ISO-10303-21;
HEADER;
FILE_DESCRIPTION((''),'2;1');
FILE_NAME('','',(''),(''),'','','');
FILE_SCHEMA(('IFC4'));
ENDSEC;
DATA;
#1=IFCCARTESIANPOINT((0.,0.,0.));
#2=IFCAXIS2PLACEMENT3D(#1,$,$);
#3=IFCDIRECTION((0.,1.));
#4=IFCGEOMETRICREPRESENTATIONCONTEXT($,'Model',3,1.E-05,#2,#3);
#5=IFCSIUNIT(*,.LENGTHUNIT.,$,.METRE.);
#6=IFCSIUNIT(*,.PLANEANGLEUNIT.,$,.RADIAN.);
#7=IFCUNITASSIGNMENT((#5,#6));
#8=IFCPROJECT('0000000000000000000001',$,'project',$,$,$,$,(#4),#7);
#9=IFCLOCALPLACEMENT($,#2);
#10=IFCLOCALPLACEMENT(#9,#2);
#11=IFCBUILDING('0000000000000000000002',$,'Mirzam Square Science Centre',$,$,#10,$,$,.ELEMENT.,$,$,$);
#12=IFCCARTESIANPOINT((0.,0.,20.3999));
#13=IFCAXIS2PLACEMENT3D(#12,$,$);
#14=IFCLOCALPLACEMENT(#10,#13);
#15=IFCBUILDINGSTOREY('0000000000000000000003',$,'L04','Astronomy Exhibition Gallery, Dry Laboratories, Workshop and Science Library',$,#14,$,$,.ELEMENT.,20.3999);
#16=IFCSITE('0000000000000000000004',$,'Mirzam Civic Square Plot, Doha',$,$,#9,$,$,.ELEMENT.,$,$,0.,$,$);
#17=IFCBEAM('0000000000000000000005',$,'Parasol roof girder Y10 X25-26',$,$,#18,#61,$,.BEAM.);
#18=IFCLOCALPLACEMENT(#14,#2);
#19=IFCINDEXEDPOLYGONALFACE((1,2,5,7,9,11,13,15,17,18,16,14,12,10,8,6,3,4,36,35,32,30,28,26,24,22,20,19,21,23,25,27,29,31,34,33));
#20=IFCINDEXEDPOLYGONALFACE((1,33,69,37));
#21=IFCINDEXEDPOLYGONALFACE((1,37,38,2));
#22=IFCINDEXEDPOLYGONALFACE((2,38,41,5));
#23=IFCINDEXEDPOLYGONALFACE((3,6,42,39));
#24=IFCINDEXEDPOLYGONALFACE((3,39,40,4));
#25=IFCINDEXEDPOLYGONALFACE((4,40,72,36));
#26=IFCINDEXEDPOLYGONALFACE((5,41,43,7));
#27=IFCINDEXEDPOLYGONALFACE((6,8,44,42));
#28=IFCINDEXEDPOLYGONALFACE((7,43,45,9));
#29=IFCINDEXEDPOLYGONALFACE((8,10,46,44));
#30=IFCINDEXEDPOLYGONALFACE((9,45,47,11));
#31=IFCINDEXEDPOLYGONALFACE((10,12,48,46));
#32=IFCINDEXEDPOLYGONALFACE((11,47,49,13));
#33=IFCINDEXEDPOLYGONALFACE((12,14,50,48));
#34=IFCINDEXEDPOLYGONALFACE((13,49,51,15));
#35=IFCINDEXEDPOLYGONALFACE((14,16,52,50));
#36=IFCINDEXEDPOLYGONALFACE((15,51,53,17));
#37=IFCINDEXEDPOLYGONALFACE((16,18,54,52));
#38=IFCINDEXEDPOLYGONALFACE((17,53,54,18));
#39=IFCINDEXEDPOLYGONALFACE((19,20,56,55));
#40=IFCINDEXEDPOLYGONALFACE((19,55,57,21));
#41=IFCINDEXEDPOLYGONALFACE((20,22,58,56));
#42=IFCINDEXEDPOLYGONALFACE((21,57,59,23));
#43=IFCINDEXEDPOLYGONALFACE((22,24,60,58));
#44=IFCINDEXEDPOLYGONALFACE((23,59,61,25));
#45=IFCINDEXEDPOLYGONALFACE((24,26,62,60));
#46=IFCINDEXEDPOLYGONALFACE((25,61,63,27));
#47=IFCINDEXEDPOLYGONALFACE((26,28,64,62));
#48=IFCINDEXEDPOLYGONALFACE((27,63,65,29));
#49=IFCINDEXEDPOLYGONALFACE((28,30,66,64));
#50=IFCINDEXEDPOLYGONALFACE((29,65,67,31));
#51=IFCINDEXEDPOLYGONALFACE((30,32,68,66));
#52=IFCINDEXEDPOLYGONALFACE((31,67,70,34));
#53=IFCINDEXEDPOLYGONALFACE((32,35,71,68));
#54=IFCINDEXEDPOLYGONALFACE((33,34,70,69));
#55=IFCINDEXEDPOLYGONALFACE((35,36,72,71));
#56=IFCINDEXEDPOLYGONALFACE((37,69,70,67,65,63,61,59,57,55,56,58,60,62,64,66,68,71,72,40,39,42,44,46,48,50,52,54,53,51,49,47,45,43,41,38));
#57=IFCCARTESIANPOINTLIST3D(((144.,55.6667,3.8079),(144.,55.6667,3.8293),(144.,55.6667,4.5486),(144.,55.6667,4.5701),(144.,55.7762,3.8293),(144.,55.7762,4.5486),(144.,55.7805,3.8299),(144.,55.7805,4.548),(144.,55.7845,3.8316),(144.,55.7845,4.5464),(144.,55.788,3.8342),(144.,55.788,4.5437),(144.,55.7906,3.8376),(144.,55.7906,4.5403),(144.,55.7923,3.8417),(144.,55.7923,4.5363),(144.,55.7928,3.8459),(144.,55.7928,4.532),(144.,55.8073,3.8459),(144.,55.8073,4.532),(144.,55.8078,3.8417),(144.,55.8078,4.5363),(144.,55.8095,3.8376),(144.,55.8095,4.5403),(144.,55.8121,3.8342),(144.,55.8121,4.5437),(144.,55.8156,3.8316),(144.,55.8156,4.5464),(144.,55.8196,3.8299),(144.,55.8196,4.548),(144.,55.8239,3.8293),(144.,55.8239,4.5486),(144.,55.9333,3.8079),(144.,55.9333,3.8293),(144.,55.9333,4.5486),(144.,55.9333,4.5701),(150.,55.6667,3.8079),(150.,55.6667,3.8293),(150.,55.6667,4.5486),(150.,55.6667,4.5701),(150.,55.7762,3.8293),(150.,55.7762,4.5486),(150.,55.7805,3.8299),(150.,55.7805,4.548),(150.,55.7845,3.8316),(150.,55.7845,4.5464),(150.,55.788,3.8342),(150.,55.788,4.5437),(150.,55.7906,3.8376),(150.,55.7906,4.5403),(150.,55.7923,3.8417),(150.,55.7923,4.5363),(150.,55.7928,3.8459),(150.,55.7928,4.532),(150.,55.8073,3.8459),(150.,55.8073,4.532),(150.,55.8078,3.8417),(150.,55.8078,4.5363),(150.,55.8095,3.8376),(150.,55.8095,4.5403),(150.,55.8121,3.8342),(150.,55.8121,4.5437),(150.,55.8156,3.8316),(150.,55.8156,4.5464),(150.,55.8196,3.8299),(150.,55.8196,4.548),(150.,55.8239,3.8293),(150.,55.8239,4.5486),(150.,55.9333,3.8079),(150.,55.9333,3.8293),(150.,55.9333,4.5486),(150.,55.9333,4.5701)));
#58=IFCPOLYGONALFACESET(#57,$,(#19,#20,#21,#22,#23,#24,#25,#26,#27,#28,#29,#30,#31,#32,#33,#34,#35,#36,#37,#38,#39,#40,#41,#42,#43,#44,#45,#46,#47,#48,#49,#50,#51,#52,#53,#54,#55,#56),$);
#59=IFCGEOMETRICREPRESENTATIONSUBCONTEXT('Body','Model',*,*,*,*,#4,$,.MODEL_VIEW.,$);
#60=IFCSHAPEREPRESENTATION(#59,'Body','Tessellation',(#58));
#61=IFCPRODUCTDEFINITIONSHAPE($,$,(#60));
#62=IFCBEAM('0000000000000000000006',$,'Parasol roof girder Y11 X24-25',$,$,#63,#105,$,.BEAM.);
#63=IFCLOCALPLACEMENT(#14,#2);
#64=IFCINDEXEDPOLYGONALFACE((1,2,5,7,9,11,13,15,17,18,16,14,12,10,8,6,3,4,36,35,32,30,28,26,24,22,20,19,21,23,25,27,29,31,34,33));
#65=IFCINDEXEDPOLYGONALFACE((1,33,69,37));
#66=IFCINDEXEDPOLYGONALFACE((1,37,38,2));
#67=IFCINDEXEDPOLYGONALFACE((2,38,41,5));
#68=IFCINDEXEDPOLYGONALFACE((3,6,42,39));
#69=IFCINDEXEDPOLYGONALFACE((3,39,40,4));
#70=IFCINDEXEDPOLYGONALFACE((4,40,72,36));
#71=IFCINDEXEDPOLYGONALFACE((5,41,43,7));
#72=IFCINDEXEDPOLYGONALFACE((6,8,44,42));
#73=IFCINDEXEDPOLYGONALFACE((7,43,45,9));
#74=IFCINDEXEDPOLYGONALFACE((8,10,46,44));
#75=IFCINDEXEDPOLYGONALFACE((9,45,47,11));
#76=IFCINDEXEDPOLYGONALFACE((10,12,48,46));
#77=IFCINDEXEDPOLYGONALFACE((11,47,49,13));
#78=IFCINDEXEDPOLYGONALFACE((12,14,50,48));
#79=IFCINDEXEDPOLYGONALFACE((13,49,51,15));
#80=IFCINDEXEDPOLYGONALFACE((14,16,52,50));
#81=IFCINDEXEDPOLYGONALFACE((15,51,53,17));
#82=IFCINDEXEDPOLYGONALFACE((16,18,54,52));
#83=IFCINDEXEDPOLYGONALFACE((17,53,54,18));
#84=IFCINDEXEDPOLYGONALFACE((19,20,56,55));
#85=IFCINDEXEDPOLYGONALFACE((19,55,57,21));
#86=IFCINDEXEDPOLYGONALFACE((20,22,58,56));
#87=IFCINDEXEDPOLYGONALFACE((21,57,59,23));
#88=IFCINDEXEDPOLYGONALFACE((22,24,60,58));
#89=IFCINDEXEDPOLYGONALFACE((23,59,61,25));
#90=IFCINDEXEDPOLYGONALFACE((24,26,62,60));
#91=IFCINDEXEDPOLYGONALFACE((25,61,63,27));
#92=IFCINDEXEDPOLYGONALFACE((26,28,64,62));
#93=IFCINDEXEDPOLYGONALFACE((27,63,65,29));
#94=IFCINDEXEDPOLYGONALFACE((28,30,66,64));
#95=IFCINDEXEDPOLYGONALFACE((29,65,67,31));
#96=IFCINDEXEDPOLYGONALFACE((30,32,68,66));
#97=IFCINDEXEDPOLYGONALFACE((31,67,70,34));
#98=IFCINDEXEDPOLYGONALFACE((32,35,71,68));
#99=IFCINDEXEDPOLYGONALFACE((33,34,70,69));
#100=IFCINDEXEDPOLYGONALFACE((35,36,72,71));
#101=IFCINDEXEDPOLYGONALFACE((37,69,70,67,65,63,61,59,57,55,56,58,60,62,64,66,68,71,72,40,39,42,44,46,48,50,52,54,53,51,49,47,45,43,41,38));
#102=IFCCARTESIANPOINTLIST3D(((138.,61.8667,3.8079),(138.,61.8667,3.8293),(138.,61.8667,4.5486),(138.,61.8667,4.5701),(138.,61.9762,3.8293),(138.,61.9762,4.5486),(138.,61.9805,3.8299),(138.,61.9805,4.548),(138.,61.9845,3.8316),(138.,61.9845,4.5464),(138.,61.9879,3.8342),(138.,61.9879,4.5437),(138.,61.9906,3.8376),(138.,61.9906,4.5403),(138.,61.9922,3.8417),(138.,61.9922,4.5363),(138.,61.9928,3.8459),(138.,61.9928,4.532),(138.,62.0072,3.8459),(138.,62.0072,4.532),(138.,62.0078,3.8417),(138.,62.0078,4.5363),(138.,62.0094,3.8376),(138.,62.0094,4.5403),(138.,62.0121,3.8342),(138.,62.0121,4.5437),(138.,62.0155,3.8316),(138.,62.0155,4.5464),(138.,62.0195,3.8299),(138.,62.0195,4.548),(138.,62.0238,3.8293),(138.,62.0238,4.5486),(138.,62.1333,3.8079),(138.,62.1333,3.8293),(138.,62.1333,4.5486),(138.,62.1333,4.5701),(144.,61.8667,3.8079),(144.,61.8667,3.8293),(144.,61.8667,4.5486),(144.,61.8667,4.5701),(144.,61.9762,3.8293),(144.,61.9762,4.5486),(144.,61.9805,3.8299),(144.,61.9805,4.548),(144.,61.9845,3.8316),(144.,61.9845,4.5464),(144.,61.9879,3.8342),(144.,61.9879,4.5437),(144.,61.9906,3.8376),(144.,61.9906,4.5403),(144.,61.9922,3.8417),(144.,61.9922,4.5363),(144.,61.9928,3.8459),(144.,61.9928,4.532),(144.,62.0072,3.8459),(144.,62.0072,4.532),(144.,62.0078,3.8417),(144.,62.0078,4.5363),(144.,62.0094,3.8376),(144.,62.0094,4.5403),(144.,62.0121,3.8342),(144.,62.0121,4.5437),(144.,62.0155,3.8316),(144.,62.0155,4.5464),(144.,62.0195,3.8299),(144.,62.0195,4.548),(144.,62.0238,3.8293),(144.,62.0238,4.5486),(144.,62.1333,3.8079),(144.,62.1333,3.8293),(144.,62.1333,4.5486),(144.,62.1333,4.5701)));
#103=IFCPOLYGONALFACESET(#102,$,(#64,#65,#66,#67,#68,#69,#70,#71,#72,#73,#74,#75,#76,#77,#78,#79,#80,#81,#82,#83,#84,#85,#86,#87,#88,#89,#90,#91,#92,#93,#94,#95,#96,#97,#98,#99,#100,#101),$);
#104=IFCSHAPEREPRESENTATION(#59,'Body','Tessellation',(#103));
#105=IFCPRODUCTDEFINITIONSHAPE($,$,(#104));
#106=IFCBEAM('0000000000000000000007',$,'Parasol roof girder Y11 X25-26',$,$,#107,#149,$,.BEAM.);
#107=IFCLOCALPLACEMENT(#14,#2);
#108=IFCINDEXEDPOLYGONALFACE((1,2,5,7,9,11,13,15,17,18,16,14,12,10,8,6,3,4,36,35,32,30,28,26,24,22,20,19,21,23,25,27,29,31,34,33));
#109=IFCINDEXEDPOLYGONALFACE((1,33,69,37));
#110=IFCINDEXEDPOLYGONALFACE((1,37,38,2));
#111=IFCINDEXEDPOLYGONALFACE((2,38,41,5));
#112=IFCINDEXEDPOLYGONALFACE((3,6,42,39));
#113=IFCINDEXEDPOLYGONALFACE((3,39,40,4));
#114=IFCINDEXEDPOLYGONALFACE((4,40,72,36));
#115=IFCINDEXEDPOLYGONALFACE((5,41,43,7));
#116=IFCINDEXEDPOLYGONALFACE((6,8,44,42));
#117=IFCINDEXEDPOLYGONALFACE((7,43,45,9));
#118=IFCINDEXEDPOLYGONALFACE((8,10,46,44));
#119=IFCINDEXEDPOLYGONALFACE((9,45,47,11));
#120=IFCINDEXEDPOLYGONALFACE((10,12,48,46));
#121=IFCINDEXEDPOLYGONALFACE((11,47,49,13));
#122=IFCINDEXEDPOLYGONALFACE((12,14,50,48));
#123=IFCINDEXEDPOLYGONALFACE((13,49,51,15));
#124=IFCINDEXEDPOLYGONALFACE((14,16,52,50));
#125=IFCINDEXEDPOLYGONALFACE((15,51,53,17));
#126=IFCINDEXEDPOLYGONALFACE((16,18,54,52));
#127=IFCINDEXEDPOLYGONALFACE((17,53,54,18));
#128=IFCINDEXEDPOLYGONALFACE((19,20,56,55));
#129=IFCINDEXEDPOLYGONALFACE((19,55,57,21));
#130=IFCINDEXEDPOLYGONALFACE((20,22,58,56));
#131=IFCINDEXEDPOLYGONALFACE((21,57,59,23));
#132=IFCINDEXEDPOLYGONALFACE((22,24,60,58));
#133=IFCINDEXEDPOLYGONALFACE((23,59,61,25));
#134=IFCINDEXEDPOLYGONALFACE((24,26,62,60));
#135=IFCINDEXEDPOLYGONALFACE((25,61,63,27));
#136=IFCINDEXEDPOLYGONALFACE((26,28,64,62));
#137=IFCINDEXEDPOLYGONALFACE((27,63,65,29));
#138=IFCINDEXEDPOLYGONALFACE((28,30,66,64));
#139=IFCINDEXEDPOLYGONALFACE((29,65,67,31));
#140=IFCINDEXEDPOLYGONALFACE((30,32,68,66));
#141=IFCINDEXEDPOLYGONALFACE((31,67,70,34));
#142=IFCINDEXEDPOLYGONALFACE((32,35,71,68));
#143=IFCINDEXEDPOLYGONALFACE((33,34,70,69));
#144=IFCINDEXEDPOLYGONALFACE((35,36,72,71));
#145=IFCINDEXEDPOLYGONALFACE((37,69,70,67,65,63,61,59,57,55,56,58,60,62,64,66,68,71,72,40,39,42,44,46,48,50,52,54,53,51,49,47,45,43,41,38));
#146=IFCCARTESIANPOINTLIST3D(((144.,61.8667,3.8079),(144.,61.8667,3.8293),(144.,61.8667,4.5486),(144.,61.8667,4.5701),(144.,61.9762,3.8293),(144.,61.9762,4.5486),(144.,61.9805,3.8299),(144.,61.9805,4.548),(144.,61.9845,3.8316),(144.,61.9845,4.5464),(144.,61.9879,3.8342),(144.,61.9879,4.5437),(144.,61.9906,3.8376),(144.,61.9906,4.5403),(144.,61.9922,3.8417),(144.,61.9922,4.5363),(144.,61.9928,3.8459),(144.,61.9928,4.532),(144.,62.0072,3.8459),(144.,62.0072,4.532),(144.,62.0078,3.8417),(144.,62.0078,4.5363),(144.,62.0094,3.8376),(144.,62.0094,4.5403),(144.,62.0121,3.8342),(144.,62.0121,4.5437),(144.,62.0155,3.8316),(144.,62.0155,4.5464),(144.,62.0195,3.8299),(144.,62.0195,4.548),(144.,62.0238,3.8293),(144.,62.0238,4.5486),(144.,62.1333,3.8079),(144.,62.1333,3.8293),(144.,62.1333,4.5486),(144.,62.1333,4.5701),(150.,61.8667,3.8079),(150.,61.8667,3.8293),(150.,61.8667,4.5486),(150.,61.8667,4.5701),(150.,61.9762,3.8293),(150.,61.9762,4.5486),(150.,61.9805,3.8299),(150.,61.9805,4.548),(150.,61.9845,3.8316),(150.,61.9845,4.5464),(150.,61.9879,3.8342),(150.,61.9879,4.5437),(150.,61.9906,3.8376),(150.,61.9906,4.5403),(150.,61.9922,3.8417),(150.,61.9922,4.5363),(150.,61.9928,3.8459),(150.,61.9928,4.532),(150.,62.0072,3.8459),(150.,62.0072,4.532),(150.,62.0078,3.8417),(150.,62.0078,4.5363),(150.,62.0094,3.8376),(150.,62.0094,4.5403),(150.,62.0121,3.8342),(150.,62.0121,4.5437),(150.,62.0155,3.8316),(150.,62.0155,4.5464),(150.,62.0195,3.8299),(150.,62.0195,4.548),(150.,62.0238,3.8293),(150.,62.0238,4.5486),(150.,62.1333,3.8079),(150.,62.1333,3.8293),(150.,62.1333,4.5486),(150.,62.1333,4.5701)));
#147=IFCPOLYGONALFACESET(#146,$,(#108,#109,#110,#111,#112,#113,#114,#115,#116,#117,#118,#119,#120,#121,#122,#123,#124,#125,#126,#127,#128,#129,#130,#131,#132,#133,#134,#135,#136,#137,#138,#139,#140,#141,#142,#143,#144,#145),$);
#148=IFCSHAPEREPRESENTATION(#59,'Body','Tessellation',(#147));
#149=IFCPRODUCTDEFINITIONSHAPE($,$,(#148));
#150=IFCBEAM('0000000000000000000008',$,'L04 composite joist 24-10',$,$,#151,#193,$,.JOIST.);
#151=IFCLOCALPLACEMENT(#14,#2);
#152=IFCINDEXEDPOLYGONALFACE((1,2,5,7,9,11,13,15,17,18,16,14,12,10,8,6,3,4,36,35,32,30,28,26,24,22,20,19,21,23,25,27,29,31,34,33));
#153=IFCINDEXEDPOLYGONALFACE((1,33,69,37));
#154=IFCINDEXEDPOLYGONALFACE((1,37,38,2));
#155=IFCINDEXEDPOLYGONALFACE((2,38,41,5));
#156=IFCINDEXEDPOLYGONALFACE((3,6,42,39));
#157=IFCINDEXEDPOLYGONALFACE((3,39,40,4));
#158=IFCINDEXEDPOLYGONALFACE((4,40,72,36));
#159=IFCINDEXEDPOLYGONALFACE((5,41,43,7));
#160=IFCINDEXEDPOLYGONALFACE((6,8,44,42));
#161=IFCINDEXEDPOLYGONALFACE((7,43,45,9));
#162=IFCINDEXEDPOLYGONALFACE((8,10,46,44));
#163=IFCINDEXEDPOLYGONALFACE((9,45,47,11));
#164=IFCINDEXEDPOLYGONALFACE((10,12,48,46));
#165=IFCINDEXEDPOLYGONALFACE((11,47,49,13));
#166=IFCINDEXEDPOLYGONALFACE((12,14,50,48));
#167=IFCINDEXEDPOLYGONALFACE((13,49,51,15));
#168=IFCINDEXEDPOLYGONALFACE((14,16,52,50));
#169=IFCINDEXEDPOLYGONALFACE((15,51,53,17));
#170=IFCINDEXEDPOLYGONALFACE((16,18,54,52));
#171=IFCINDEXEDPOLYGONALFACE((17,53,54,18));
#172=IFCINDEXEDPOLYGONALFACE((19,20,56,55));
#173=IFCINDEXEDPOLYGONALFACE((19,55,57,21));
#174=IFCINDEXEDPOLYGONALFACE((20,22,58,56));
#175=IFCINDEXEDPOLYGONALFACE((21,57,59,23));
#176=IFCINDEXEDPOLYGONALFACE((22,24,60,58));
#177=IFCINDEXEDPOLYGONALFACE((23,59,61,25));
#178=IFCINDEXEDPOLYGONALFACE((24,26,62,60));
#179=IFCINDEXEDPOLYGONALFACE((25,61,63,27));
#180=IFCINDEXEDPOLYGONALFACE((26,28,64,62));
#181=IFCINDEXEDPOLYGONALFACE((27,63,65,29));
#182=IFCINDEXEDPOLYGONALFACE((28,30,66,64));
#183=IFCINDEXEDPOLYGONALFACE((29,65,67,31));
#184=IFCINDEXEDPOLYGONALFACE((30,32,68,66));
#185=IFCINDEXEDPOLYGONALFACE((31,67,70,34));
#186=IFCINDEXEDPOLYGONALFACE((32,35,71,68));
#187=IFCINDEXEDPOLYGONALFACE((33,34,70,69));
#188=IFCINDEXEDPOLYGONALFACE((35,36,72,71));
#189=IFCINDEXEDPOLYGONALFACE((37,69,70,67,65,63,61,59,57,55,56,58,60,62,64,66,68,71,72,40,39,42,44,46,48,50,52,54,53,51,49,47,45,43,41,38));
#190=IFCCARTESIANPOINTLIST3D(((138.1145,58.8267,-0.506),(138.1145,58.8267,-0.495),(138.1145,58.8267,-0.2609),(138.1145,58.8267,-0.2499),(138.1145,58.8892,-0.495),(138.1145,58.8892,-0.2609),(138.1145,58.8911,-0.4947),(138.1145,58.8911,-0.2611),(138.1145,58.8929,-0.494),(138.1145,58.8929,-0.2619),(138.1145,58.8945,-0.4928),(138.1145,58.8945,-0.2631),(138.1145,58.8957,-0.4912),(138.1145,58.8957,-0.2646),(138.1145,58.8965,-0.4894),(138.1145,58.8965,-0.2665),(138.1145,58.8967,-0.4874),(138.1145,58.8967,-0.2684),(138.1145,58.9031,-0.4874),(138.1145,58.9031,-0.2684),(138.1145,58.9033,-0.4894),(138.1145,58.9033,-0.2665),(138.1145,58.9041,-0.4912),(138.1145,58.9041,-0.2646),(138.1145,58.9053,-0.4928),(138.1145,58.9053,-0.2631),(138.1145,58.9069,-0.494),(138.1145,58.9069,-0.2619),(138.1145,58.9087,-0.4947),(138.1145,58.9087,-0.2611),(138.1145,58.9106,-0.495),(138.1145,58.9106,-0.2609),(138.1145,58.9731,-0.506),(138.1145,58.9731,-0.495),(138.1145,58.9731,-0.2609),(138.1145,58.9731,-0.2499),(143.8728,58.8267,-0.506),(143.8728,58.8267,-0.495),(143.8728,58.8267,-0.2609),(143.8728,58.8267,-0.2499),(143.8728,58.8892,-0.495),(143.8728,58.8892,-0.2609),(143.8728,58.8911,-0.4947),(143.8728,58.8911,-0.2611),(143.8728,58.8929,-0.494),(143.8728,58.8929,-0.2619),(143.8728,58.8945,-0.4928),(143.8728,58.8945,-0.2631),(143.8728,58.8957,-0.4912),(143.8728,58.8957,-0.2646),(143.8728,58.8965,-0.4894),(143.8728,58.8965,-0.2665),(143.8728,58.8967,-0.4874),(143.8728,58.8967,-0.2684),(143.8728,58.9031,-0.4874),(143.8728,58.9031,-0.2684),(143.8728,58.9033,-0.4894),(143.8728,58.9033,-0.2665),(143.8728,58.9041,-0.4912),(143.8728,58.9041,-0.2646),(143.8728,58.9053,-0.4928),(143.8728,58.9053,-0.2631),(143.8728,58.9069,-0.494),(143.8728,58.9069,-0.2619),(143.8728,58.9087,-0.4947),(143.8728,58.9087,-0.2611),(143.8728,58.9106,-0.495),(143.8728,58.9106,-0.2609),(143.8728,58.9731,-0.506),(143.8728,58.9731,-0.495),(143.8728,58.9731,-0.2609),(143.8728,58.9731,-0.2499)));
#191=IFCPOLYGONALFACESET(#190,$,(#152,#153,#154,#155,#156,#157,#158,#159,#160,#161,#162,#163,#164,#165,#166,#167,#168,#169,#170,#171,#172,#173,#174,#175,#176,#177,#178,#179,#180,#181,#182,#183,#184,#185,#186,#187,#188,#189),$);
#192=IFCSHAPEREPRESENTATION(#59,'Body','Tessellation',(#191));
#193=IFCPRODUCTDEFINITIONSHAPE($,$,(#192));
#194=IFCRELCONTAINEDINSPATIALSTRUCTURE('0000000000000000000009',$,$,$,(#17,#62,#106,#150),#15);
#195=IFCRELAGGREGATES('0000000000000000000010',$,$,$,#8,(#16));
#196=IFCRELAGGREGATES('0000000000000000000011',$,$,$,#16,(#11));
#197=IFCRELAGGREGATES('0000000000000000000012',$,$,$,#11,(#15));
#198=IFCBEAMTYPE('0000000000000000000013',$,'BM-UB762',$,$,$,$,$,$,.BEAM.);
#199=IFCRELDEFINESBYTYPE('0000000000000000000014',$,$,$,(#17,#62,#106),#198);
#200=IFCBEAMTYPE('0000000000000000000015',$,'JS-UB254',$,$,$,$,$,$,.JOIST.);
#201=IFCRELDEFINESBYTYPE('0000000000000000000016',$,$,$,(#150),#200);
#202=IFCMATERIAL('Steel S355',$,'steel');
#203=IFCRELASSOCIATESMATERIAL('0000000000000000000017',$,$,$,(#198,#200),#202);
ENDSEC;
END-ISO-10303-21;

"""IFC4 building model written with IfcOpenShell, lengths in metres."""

from ifc_helpers import new_model, si_unit, direction, frame, origin, origin_2d, place, context, subcontext, project, spatial, i_section, extrude, material, material_profile, profile_set, type_object, element, save


model = new_model("IFC4")

# Units and contexts
model_context = context("Model", 3, precision=1e-05, world=origin(), true_north=direction((0.0, 1.0)))
body_context = subcontext(model_context, "Body", "Model", "MODEL_VIEW")
ifc_project = project(units=[si_unit("LENGTHUNIT", "METRE"), si_unit("PLANEANGLEUNIT", "RADIAN")], contexts=[model_context])

# Site, building, storey
site_placement = place(None, origin())
site = spatial("IfcSite", under=ifc_project, at=site_placement, Name="Mirzam Civic Square Plot, Doha", CompositionType="ELEMENT", RefElevation=0.0)
building_placement = place(site_placement, origin())
building = spatial("IfcBuilding", under=site, at=building_placement, Name="Mirzam Square Science Centre", CompositionType="ELEMENT")
storey_placement = place(building_placement, frame((0.0, 0.0, 20.3999)))
storey = spatial("IfcBuildingStorey", under=building, at=storey_placement, Name="L04", Description="Astronomy Exhibition Gallery, Dry Laboratories, Workshop and Science Library", CompositionType="ELEMENT", Elevation=20.3999)

# Shared definitions
ifc_material_1 = material(Name="Steel S355", Category="steel")

# Beams
ifc_material_profile_1 = material_profile(ifc_material_1, i_section(OverallWidth=0.2666, OverallDepth=0.7622, WebThickness=0.0144, FlangeThickness=0.0215, FilletRadius=0.0166, at=origin_2d()), Name="762x267x173UB")
ifc_profile_set_1 = profile_set([ifc_material_profile_1], Name="Steel S355")
beam_type_1 = type_object("IfcBeamType", Name="BM-UB762", PredefinedType="BEAM", material=ifc_profile_set_1)
for number, where, z_axis, x_axis, name in (
    (1, (144.0, 55.8, 4.189), (1.0, 0.0, 0.0), (0.0, 1.0, 0.0), "Parasol roof girder Y10 X25-26"),
    (2, (138.0, 62.0, 4.189), (1.0, 0.0, 0.0), (0.0, 1.0, 0.0), "Parasol roof girder Y11 X24-25"),
    (3, (144.0, 62.0, 4.189), (1.0, 0.0, 0.0), (0.0, 1.0, 0.0), "Parasol roof girder Y11 X25-26"),
):
    element("IfcBeam", number, at=place(storey_placement, frame(where, z_axis=z_axis, x_axis=x_axis)), inside=storey, type_object=beam_type_1, Name=name, PredefinedType="BEAM", context=body_context, shape_type="SweptSolid", body=[
        extrude(i_section(OverallWidth=0.2666, OverallDepth=0.7622, WebThickness=0.0144, FlangeThickness=0.0215, FilletRadius=0.0166, at=origin_2d()), origin(), (0.0, 0.0, 1.0), 6.0),
    ])
ifc_material_profile_2 = material_profile(ifc_material_1, i_section(OverallWidth=0.1465, OverallDepth=0.2561, WebThickness=0.0063, FlangeThickness=0.011, FilletRadius=0.0076, at=origin_2d()), Name="254x146x37UB")
ifc_profile_set_2 = profile_set([ifc_material_profile_2], Name="Steel S355")
beam_type_2 = type_object("IfcBeamType", Name="JS-UB254", PredefinedType="JOIST", material=ifc_profile_set_2)
beam_1_placement = place(storey_placement, frame((138.1145, 58.8999, -0.3779), z_axis=(1.0, 0.0, 0.0), x_axis=(0.0, 1.0, 0.0)))
element("IfcBeam", 4, at=beam_1_placement, inside=storey, type_object=beam_type_2, Name="L04 composite joist 24-10", PredefinedType="JOIST", context=body_context, shape_type="SweptSolid", body=[
    extrude(i_section(OverallWidth=0.1465, OverallDepth=0.2561, WebThickness=0.0063, FlangeThickness=0.011, FilletRadius=0.0076, at=origin_2d()), origin(), (0.0, 0.0, 1.0), 5.7583),
])

save(model, "model.ifc")
